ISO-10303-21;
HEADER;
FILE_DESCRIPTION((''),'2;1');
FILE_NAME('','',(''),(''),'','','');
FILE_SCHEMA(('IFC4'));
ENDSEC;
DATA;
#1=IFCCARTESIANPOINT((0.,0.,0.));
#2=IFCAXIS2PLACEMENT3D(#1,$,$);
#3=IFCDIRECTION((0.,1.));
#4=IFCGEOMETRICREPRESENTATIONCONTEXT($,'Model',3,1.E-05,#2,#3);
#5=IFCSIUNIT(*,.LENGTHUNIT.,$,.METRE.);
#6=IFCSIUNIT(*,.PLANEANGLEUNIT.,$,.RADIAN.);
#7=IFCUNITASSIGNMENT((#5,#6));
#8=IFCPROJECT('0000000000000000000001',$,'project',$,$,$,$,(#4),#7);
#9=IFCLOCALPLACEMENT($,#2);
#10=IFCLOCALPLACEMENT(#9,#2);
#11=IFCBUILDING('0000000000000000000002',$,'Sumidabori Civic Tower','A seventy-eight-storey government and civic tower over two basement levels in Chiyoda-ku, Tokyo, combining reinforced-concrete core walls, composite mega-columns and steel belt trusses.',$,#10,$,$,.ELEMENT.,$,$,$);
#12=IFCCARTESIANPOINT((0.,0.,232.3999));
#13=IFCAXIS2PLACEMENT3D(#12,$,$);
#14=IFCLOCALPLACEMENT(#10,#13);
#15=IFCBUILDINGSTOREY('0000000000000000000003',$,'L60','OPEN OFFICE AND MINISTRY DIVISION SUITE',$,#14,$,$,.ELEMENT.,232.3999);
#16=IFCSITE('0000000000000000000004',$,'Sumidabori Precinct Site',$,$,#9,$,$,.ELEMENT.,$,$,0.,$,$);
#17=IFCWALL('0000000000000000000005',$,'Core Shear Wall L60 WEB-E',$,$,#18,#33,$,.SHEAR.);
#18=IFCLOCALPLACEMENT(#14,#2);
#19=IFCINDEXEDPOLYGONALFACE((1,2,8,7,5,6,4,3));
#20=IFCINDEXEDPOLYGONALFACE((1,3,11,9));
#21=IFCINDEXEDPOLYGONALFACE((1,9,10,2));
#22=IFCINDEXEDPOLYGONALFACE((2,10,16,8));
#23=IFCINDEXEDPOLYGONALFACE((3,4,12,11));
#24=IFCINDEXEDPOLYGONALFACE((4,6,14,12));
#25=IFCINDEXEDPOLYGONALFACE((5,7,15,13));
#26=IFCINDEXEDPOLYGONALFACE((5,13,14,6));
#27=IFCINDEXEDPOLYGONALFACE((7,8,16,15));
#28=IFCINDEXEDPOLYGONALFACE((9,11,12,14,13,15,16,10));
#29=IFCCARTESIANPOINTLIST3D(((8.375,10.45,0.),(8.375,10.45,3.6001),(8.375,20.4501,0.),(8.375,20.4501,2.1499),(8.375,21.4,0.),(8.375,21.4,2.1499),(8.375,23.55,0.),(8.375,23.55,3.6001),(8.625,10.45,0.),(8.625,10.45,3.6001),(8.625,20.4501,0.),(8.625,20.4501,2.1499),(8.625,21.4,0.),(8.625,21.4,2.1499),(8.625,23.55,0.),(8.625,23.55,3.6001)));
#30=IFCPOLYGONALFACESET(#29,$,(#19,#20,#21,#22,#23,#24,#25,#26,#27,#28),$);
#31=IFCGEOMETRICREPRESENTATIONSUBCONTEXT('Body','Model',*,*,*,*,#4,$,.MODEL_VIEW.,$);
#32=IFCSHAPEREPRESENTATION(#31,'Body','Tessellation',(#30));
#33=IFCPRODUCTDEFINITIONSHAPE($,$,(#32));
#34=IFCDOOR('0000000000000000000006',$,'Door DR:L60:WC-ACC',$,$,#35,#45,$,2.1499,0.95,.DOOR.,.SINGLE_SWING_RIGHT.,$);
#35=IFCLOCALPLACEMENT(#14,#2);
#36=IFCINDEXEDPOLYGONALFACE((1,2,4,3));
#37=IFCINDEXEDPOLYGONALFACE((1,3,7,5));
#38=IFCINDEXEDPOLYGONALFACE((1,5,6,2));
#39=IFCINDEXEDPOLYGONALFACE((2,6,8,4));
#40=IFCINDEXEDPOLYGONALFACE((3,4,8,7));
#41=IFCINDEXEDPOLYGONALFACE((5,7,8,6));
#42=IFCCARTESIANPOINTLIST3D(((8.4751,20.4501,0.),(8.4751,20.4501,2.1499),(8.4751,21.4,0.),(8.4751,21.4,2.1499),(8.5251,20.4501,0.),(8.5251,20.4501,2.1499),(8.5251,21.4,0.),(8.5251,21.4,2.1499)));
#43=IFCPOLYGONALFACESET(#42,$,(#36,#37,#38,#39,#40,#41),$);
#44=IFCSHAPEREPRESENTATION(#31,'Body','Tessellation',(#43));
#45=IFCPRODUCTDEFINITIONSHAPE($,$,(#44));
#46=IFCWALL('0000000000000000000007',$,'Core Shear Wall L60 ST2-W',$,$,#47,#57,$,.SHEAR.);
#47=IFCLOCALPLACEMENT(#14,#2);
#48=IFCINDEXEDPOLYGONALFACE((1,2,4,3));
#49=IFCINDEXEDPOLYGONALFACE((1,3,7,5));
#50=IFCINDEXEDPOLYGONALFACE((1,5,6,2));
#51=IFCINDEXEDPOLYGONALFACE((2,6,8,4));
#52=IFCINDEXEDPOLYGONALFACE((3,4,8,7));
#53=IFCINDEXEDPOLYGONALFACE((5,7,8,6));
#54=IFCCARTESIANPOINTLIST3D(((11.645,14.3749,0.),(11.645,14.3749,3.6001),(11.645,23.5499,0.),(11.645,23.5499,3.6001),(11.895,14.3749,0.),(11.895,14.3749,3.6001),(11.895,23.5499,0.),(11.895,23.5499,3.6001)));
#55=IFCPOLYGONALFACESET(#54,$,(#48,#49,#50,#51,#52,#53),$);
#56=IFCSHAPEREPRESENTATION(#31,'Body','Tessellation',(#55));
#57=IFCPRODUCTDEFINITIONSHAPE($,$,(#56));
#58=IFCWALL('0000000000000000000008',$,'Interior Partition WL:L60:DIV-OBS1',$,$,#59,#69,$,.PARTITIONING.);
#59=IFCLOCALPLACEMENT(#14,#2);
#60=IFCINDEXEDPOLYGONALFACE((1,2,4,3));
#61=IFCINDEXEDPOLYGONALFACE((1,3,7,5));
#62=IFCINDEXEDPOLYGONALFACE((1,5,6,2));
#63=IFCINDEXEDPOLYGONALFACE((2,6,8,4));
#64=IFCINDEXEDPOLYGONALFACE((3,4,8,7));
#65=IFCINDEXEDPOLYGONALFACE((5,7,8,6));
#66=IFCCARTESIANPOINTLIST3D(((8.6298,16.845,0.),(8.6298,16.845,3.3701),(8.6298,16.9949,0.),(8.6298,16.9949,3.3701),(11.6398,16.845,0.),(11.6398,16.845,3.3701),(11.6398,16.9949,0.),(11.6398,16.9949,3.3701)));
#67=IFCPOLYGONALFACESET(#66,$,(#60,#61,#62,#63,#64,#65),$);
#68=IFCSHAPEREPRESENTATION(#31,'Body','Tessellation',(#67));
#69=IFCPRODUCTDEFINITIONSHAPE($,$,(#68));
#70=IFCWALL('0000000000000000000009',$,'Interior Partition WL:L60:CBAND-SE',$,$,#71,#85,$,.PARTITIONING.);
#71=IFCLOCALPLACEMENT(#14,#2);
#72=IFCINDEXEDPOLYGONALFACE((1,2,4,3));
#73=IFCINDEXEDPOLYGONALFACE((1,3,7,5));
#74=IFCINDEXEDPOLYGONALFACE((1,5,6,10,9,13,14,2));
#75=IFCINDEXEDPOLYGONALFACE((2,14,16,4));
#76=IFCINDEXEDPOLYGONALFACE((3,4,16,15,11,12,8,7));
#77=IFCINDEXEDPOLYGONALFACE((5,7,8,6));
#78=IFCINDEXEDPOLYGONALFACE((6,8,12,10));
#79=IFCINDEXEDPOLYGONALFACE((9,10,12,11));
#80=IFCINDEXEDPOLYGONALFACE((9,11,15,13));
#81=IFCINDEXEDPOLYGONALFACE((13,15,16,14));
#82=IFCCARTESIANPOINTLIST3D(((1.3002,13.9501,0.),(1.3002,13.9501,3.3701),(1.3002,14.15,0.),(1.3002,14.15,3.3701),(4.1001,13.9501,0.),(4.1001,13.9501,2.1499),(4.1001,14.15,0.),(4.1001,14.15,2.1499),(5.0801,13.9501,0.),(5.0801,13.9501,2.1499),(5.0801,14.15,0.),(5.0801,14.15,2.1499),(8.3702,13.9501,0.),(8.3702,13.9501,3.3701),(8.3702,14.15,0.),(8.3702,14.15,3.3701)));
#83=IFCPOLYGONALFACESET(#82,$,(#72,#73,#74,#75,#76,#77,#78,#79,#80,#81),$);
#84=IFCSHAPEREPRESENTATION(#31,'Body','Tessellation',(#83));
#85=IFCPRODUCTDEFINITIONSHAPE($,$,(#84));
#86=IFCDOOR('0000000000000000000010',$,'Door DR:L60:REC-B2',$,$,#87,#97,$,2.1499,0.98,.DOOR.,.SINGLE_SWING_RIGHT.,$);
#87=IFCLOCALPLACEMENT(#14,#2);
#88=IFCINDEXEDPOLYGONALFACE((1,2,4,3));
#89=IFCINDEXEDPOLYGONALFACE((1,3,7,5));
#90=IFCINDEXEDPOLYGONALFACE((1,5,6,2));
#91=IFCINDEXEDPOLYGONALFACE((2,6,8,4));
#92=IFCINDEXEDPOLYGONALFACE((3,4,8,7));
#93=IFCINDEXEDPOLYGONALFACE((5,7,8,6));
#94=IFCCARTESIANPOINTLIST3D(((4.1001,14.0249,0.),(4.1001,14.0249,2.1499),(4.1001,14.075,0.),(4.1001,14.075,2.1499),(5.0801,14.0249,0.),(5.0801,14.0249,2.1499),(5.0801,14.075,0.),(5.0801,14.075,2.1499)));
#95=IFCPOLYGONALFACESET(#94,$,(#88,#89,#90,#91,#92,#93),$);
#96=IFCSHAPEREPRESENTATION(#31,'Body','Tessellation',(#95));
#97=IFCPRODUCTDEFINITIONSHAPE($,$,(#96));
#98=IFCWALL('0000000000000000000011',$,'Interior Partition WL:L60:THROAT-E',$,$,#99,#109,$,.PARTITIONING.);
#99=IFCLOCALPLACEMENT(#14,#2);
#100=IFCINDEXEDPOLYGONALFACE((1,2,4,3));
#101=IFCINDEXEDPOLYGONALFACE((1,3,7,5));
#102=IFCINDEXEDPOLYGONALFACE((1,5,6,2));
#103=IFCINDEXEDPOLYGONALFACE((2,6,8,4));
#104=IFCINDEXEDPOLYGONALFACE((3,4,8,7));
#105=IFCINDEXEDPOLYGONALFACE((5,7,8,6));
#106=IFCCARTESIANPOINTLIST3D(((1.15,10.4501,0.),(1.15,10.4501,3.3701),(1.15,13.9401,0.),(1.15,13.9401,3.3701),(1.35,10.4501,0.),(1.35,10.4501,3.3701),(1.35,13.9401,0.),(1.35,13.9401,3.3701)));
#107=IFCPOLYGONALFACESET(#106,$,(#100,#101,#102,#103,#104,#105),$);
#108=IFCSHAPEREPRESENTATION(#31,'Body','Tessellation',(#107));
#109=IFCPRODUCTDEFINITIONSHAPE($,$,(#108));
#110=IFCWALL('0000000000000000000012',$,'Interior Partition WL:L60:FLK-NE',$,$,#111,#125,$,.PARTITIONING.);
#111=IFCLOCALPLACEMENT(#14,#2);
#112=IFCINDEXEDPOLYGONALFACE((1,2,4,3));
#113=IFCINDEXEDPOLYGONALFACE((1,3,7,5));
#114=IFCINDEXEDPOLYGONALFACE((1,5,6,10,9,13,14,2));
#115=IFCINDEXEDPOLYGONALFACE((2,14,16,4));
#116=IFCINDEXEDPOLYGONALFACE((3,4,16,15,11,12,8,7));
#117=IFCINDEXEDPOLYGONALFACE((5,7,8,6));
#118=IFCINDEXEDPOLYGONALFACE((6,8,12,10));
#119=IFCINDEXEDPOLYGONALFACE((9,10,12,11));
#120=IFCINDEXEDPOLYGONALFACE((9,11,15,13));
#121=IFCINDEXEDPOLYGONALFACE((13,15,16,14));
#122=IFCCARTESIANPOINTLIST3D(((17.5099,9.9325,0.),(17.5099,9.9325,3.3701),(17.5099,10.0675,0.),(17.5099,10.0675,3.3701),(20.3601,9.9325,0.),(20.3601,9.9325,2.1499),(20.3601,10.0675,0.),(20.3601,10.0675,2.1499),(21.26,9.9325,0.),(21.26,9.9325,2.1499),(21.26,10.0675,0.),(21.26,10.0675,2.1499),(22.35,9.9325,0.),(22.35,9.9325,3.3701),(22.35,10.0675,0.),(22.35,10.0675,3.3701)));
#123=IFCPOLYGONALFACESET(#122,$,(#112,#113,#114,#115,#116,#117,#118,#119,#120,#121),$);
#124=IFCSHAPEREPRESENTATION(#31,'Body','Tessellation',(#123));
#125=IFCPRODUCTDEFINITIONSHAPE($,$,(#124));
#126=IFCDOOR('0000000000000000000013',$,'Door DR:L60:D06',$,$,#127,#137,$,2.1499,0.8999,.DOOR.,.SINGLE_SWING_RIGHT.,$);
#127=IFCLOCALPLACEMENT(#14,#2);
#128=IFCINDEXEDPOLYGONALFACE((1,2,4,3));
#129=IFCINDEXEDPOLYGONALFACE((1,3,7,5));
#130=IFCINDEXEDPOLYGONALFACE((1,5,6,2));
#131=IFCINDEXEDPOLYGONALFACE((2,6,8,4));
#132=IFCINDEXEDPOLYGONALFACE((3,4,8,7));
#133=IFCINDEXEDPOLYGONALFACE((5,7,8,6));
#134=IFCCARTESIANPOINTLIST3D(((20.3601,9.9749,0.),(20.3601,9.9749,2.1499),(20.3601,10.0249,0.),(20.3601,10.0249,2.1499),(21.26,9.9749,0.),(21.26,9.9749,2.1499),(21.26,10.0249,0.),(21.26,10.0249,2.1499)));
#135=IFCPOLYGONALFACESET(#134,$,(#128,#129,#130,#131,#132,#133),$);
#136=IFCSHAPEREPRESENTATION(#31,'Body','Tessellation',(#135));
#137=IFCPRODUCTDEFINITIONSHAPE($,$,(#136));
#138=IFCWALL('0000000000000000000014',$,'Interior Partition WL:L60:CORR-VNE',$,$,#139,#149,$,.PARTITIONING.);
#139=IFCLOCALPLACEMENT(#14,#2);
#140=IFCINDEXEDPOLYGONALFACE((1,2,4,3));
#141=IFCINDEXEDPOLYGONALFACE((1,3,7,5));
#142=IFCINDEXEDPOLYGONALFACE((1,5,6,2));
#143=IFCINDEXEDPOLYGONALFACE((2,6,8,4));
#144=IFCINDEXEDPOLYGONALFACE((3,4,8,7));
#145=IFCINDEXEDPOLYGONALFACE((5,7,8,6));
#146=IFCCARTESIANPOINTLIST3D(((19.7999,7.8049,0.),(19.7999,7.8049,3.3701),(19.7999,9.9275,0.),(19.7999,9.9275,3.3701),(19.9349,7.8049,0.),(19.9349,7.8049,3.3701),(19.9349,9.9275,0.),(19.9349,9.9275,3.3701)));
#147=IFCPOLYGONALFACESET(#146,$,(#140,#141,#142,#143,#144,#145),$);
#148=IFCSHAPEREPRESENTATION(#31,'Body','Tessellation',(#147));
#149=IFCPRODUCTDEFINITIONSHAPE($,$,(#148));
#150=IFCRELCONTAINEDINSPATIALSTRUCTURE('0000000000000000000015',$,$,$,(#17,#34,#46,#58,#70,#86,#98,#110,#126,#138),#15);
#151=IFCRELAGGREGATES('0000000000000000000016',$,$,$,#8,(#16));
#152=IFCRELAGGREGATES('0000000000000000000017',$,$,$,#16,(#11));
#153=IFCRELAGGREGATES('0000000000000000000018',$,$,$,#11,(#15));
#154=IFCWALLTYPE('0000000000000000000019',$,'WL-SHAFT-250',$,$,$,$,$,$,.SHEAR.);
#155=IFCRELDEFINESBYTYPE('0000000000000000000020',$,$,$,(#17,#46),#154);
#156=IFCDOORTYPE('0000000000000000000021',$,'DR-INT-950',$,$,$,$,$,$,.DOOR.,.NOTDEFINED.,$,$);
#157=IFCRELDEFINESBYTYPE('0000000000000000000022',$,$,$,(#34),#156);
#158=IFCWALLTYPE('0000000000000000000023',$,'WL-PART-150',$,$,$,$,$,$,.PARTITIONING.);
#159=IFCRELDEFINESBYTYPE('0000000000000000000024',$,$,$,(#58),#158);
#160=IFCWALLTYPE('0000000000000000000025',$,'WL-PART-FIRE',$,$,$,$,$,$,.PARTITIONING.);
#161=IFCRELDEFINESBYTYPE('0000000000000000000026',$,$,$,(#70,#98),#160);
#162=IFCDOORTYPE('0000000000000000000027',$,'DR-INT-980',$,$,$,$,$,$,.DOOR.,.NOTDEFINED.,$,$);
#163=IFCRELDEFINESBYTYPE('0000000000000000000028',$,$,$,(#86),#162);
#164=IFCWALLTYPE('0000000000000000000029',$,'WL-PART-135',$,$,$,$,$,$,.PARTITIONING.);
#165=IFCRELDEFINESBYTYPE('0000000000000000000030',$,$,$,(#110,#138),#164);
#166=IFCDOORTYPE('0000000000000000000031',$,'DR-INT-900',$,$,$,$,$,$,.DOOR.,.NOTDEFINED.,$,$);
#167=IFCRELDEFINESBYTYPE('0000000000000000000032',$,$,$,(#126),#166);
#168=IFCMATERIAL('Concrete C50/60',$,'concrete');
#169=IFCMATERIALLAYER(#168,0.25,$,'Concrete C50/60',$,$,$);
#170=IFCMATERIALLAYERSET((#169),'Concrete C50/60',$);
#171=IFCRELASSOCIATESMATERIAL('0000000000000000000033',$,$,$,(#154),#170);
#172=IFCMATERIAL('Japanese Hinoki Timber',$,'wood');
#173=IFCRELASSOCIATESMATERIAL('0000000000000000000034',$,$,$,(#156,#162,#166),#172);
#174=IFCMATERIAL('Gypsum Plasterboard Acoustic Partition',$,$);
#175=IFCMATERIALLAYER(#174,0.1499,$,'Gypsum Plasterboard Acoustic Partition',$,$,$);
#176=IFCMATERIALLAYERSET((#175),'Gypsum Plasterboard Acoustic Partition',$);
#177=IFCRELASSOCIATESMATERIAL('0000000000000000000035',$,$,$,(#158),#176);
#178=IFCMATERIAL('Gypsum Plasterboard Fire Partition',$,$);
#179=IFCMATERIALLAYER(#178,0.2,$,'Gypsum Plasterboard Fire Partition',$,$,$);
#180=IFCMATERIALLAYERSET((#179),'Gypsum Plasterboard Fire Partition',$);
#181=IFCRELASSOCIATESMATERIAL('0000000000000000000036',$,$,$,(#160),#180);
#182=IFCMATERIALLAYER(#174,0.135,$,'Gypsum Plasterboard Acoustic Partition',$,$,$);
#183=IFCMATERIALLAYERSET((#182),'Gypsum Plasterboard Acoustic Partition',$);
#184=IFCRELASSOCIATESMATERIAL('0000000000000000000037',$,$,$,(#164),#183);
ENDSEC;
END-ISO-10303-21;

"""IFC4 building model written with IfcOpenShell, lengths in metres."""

from ifc_helpers import new_model, si_unit, direction, frame, frame_2d, origin, place, context, subcontext, project, spatial, rectangle, extrude, source, transform, mapped, material, layer, layer_set, type_object, element, fill, save


model = new_model("IFC4")

# Units and contexts
model_context = context("Model", 3, precision=1e-05, world=origin(), true_north=direction((0.0, 1.0)))
body_context = subcontext(model_context, "Body", "Model", "MODEL_VIEW")
ifc_project = project(units=[si_unit("LENGTHUNIT", "METRE"), si_unit("PLANEANGLEUNIT", "RADIAN")], contexts=[model_context])

# Site, building, storey
site_placement = place(None, origin())
site = spatial("IfcSite", under=ifc_project, at=site_placement, Name="Sumidabori Precinct Site", CompositionType="ELEMENT", RefElevation=0.0)
building_placement = place(site_placement, origin())
building = spatial("IfcBuilding", under=site, at=building_placement, Name="Sumidabori Civic Tower", Description="A seventy-eight-storey government and civic tower over two basement levels in Chiyoda-ku, Tokyo, combining reinforced-concrete core walls, composite mega-columns and steel belt trusses.", CompositionType="ELEMENT")
storey_placement = place(building_placement, frame((0.0, 0.0, 232.3999)))
storey = spatial("IfcBuildingStorey", under=building, at=storey_placement, Name="L60", Description="OPEN OFFICE AND MINISTRY DIVISION SUITE", CompositionType="ELEMENT", Elevation=232.3999)

# Shared definitions
ifc_material_1 = material(Name="Concrete C50/60", Category="concrete")

# Wall, opening, door
ifc_layer_1 = layer(ifc_material_1, 0.25, Name="Concrete C50/60")
ifc_layer_set_1 = layer_set([ifc_layer_1], Name="Concrete C50/60")
wall_type_1 = type_object("IfcWallType", Name="WL-SHAFT-250", PredefinedType="SHEAR", material=ifc_layer_set_1)
shared_shape_1 = source(origin(), body_context, "Body", "SweptSolid", [
    extrude(rectangle(XDim=13.1001, YDim=0.25, at=frame_2d((6.55, 0.0))), origin(), (0.0, 0.0, 1.0), 3.6001),
])
wall_1_placement = place(storey_placement, frame((8.5, 10.45, 0.0), z_axis=(0.0, 0.0, 1.0), x_axis=(0.0, 1.0, 0.0)))
wall_1 = element("IfcWall", 1, at=wall_1_placement, inside=storey, type_object=wall_type_1, Name="Core Shear Wall L60 WEB-E", PredefinedType="SHEAR", context=body_context, shape_type="MappedRepresentation", body=[
    mapped(shared_shape_1, transform((0.0, 0.0, 0.0), x_axis=(1.0, 0.0, 0.0), y_axis=(0.0, 1.0, 0.0), z_axis=(0.0, 0.0, 1.0), scale=1.0)),
])
opening_1_placement = place(wall_1_placement, frame((10.0, 0.0, 0.0)))
opening_1 = element("IfcOpeningElement", 2, at=opening_1_placement, cuts=wall_1, PredefinedType="OPENING", context=body_context, shape_type="SweptSolid", body=[
    extrude(rectangle(XDim=0.95, YDim=2.1499, at=frame_2d((0.4751, 1.075))), frame((0.0, 0.137, 0.0), z_axis=(0.0, -1.0, 0.0), x_axis=(1.0, 0.0, 0.0)), (0.0, 0.0, 1.0), 0.2739),
])
ifc_material_2 = material(Name="Japanese Hinoki Timber", Category="wood")
door_type_1 = type_object("IfcDoorType", Name="DR-INT-950", OperationType="NOTDEFINED", PredefinedType="DOOR", material=ifc_material_2)
shared_shape_2 = source(origin(), body_context, "Body", "SweptSolid", [
    extrude(rectangle(XDim=0.95, YDim=2.1499, at=frame_2d((0.4751, 1.075))), frame((0.0, 0.0249, 0.0), z_axis=(0.0, -1.0, 0.0), x_axis=(1.0, 0.0, 0.0)), (0.0, 0.0, 1.0), 0.05),
])
door_1_placement = place(opening_1_placement, origin())
door_1 = element("IfcDoor", 3, at=door_1_placement, inside=storey, type_object=door_type_1, Name="Door DR:L60:WC-ACC", OperationType="SINGLE_SWING_RIGHT", OverallHeight=2.1499, OverallWidth=0.95, PredefinedType="DOOR", context=body_context, shape_type="MappedRepresentation", body=[
    mapped(shared_shape_2, transform((0.0, 0.0, 0.0), x_axis=(1.0, 0.0, 0.0), y_axis=(0.0, 1.0, 0.0), z_axis=(0.0, 0.0, 1.0), scale=1.0)),
])
fill(opening_1, door_1)

# Wall
shared_shape_3 = source(origin(), body_context, "Body", "SweptSolid", [
    extrude(rectangle(XDim=9.175, YDim=0.25, at=frame_2d((4.5874, 0.0))), origin(), (0.0, 0.0, 1.0), 3.6001),
])
wall_2_placement = place(storey_placement, frame((11.77, 14.375, 0.0), z_axis=(0.0, 0.0, 1.0), x_axis=(0.0, 1.0, 0.0)))
element("IfcWall", 4, at=wall_2_placement, inside=storey, type_object=wall_type_1, Name="Core Shear Wall L60 ST2-W", PredefinedType="SHEAR", context=body_context, shape_type="MappedRepresentation", body=[
    mapped(shared_shape_3, transform((0.0, 0.0, 0.0), x_axis=(1.0, 0.0, 0.0), y_axis=(0.0, 1.0, 0.0), z_axis=(0.0, 0.0, 1.0), scale=1.0)),
])

# Wall
ifc_material_3 = material(Name="Gypsum Plasterboard Acoustic Partition")
ifc_layer_2 = layer(ifc_material_3, 0.1499, Name="Gypsum Plasterboard Acoustic Partition")
ifc_layer_set_2 = layer_set([ifc_layer_2], Name="Gypsum Plasterboard Acoustic Partition")
wall_type_2 = type_object("IfcWallType", Name="WL-PART-150", PredefinedType="PARTITIONING", material=ifc_layer_set_2)
shared_shape_4 = source(origin(), body_context, "Body", "SweptSolid", [
    extrude(rectangle(XDim=3.01, YDim=0.1499, at=frame_2d((1.5049, 0.0))), origin(), (0.0, 0.0, 1.0), 3.3701),
])
wall_3_placement = place(storey_placement, frame((8.6299, 16.9199, 0.0), z_axis=(0.0, 0.0, 1.0), x_axis=(1.0, 0.0, 0.0)))
element("IfcWall", 5, at=wall_3_placement, inside=storey, type_object=wall_type_2, Name="Interior Partition WL:L60:DIV-OBS1", PredefinedType="PARTITIONING", context=body_context, shape_type="MappedRepresentation", body=[
    mapped(shared_shape_4, transform((0.0, 0.0, 0.0), x_axis=(1.0, 0.0, 0.0), y_axis=(0.0, 1.0, 0.0), z_axis=(0.0, 0.0, 1.0), scale=1.0)),
])

# Wall, opening, door
ifc_material_4 = material(Name="Gypsum Plasterboard Fire Partition")
ifc_layer_3 = layer(ifc_material_4, 0.2, Name="Gypsum Plasterboard Fire Partition")
ifc_layer_set_3 = layer_set([ifc_layer_3], Name="Gypsum Plasterboard Fire Partition")
wall_type_3 = type_object("IfcWallType", Name="WL-PART-FIRE", PredefinedType="PARTITIONING", material=ifc_layer_set_3)
shared_shape_5 = source(origin(), body_context, "Body", "SweptSolid", [
    extrude(rectangle(XDim=7.0701, YDim=0.2, at=frame_2d((3.5352, 0.0))), origin(), (0.0, 0.0, 1.0), 3.3701),
])
wall_4_placement = place(storey_placement, frame((1.3, 14.05, 0.0), z_axis=(0.0, 0.0, 1.0), x_axis=(1.0, 0.0, 0.0)))
wall_4 = element("IfcWall", 6, at=wall_4_placement, inside=storey, type_object=wall_type_3, Name="Interior Partition WL:L60:CBAND-SE", PredefinedType="PARTITIONING", context=body_context, shape_type="MappedRepresentation", body=[
    mapped(shared_shape_5, transform((0.0, 0.0, 0.0), x_axis=(1.0, 0.0, 0.0), y_axis=(0.0, 1.0, 0.0), z_axis=(0.0, 0.0, 1.0), scale=1.0)),
])
opening_2_placement = place(wall_4_placement, frame((2.8, 0.0, 0.0)))
opening_2 = element("IfcOpeningElement", 7, at=opening_2_placement, cuts=wall_4, PredefinedType="OPENING", context=body_context, shape_type="SweptSolid", body=[
    extrude(rectangle(XDim=0.98, YDim=2.1499, at=frame_2d((0.49, 1.075))), frame((0.0, 0.1118, 0.0), z_axis=(0.0, -1.0, 0.0), x_axis=(1.0, 0.0, 0.0)), (0.0, 0.0, 1.0), 0.2239),
])
door_type_2 = type_object("IfcDoorType", Name="DR-INT-980", OperationType="NOTDEFINED", PredefinedType="DOOR", material=ifc_material_2)
shared_shape_6 = source(origin(), body_context, "Body", "SweptSolid", [
    extrude(rectangle(XDim=0.98, YDim=2.1499, at=frame_2d((0.49, 1.075))), frame((0.0, 0.0249, 0.0), z_axis=(0.0, -1.0, 0.0), x_axis=(1.0, 0.0, 0.0)), (0.0, 0.0, 1.0), 0.05),
])
door_2_placement = place(opening_2_placement, origin())
door_2 = element("IfcDoor", 8, at=door_2_placement, inside=storey, type_object=door_type_2, Name="Door DR:L60:REC-B2", OperationType="SINGLE_SWING_RIGHT", OverallHeight=2.1499, OverallWidth=0.98, PredefinedType="DOOR", context=body_context, shape_type="MappedRepresentation", body=[
    mapped(shared_shape_6, transform((0.0, 0.0, 0.0), x_axis=(1.0, 0.0, 0.0), y_axis=(0.0, 1.0, 0.0), z_axis=(0.0, 0.0, 1.0), scale=1.0)),
])
fill(opening_2, door_2)

# Wall
shared_shape_7 = source(origin(), body_context, "Body", "SweptSolid", [
    extrude(rectangle(XDim=3.49, YDim=0.2, at=frame_2d((1.7451, 0.0))), origin(), (0.0, 0.0, 1.0), 3.3701),
])
wall_5_placement = place(storey_placement, frame((1.25, 10.45, 0.0), z_axis=(0.0, 0.0, 1.0), x_axis=(0.0, 1.0, 0.0)))
element("IfcWall", 9, at=wall_5_placement, inside=storey, type_object=wall_type_3, Name="Interior Partition WL:L60:THROAT-E", PredefinedType="PARTITIONING", context=body_context, shape_type="MappedRepresentation", body=[
    mapped(shared_shape_7, transform((0.0, 0.0, 0.0), x_axis=(1.0, 0.0, 0.0), y_axis=(0.0, 1.0, 0.0), z_axis=(0.0, 0.0, 1.0), scale=1.0)),
])

# Wall, opening, door
ifc_layer_4 = layer(ifc_material_3, 0.135, Name="Gypsum Plasterboard Acoustic Partition")
ifc_layer_set_4 = layer_set([ifc_layer_4], Name="Gypsum Plasterboard Acoustic Partition")
wall_type_4 = type_object("IfcWallType", Name="WL-PART-135", PredefinedType="PARTITIONING", material=ifc_layer_set_4)
shared_shape_8 = source(origin(), body_context, "Body", "SweptSolid", [
    extrude(rectangle(XDim=4.8401, YDim=0.135, at=frame_2d((2.4199, 0.0))), origin(), (0.0, 0.0, 1.0), 3.3701),
])
wall_6_placement = place(storey_placement, frame((17.51, 10.0, 0.0), z_axis=(0.0, 0.0, 1.0), x_axis=(1.0, 0.0, 0.0)))
wall_6 = element("IfcWall", 10, at=wall_6_placement, inside=storey, type_object=wall_type_4, Name="Interior Partition WL:L60:FLK-NE", PredefinedType="PARTITIONING", context=body_context, shape_type="MappedRepresentation", body=[
    mapped(shared_shape_8, transform((0.0, 0.0, 0.0), x_axis=(1.0, 0.0, 0.0), y_axis=(0.0, 1.0, 0.0), z_axis=(0.0, 0.0, 1.0), scale=1.0)),
])
opening_3_placement = place(wall_6_placement, frame((2.8501, 0.0, 0.0)))
opening_3 = element("IfcOpeningElement", 11, at=opening_3_placement, cuts=wall_6, PredefinedType="OPENING", context=body_context, shape_type="SweptSolid", body=[
    extrude(rectangle(XDim=0.8999, YDim=2.1499, at=frame_2d((0.45, 1.075))), frame((0.0, 0.0796, 0.0), z_axis=(0.0, -1.0, 0.0), x_axis=(1.0, 0.0, 0.0)), (0.0, 0.0, 1.0), 0.1589),
])
door_type_3 = type_object("IfcDoorType", Name="DR-INT-900", OperationType="NOTDEFINED", PredefinedType="DOOR", material=ifc_material_2)
shared_shape_9 = source(origin(), body_context, "Body", "SweptSolid", [
    extrude(rectangle(XDim=0.8999, YDim=2.1499, at=frame_2d((0.45, 1.075))), frame((0.0, 0.0249, 0.0), z_axis=(0.0, -1.0, 0.0), x_axis=(1.0, 0.0, 0.0)), (0.0, 0.0, 1.0), 0.05),
])
door_3_placement = place(opening_3_placement, origin())
door_3 = element("IfcDoor", 12, at=door_3_placement, inside=storey, type_object=door_type_3, Name="Door DR:L60:D06", OperationType="SINGLE_SWING_RIGHT", OverallHeight=2.1499, OverallWidth=0.8999, PredefinedType="DOOR", context=body_context, shape_type="MappedRepresentation", body=[
    mapped(shared_shape_9, transform((0.0, 0.0, 0.0), x_axis=(1.0, 0.0, 0.0), y_axis=(0.0, 1.0, 0.0), z_axis=(0.0, 0.0, 1.0), scale=1.0)),
])
fill(opening_3, door_3)

# Wall
shared_shape_10 = source(origin(), body_context, "Body", "SweptSolid", [
    extrude(rectangle(XDim=2.1226, YDim=0.135, at=frame_2d((1.0613, 0.0))), origin(), (0.0, 0.0, 1.0), 3.3701),
])
wall_7_placement = place(storey_placement, frame((19.8674, 7.8049, 0.0), z_axis=(0.0, 0.0, 1.0), x_axis=(0.0, 1.0, 0.0)))
element("IfcWall", 13, at=wall_7_placement, inside=storey, type_object=wall_type_4, Name="Interior Partition WL:L60:CORR-VNE", PredefinedType="PARTITIONING", context=body_context, shape_type="MappedRepresentation", body=[
    mapped(shared_shape_10, transform((0.0, 0.0, 0.0), x_axis=(1.0, 0.0, 0.0), y_axis=(0.0, 1.0, 0.0), z_axis=(0.0, 0.0, 1.0), scale=1.0)),
])

save(model, "model.ifc")
